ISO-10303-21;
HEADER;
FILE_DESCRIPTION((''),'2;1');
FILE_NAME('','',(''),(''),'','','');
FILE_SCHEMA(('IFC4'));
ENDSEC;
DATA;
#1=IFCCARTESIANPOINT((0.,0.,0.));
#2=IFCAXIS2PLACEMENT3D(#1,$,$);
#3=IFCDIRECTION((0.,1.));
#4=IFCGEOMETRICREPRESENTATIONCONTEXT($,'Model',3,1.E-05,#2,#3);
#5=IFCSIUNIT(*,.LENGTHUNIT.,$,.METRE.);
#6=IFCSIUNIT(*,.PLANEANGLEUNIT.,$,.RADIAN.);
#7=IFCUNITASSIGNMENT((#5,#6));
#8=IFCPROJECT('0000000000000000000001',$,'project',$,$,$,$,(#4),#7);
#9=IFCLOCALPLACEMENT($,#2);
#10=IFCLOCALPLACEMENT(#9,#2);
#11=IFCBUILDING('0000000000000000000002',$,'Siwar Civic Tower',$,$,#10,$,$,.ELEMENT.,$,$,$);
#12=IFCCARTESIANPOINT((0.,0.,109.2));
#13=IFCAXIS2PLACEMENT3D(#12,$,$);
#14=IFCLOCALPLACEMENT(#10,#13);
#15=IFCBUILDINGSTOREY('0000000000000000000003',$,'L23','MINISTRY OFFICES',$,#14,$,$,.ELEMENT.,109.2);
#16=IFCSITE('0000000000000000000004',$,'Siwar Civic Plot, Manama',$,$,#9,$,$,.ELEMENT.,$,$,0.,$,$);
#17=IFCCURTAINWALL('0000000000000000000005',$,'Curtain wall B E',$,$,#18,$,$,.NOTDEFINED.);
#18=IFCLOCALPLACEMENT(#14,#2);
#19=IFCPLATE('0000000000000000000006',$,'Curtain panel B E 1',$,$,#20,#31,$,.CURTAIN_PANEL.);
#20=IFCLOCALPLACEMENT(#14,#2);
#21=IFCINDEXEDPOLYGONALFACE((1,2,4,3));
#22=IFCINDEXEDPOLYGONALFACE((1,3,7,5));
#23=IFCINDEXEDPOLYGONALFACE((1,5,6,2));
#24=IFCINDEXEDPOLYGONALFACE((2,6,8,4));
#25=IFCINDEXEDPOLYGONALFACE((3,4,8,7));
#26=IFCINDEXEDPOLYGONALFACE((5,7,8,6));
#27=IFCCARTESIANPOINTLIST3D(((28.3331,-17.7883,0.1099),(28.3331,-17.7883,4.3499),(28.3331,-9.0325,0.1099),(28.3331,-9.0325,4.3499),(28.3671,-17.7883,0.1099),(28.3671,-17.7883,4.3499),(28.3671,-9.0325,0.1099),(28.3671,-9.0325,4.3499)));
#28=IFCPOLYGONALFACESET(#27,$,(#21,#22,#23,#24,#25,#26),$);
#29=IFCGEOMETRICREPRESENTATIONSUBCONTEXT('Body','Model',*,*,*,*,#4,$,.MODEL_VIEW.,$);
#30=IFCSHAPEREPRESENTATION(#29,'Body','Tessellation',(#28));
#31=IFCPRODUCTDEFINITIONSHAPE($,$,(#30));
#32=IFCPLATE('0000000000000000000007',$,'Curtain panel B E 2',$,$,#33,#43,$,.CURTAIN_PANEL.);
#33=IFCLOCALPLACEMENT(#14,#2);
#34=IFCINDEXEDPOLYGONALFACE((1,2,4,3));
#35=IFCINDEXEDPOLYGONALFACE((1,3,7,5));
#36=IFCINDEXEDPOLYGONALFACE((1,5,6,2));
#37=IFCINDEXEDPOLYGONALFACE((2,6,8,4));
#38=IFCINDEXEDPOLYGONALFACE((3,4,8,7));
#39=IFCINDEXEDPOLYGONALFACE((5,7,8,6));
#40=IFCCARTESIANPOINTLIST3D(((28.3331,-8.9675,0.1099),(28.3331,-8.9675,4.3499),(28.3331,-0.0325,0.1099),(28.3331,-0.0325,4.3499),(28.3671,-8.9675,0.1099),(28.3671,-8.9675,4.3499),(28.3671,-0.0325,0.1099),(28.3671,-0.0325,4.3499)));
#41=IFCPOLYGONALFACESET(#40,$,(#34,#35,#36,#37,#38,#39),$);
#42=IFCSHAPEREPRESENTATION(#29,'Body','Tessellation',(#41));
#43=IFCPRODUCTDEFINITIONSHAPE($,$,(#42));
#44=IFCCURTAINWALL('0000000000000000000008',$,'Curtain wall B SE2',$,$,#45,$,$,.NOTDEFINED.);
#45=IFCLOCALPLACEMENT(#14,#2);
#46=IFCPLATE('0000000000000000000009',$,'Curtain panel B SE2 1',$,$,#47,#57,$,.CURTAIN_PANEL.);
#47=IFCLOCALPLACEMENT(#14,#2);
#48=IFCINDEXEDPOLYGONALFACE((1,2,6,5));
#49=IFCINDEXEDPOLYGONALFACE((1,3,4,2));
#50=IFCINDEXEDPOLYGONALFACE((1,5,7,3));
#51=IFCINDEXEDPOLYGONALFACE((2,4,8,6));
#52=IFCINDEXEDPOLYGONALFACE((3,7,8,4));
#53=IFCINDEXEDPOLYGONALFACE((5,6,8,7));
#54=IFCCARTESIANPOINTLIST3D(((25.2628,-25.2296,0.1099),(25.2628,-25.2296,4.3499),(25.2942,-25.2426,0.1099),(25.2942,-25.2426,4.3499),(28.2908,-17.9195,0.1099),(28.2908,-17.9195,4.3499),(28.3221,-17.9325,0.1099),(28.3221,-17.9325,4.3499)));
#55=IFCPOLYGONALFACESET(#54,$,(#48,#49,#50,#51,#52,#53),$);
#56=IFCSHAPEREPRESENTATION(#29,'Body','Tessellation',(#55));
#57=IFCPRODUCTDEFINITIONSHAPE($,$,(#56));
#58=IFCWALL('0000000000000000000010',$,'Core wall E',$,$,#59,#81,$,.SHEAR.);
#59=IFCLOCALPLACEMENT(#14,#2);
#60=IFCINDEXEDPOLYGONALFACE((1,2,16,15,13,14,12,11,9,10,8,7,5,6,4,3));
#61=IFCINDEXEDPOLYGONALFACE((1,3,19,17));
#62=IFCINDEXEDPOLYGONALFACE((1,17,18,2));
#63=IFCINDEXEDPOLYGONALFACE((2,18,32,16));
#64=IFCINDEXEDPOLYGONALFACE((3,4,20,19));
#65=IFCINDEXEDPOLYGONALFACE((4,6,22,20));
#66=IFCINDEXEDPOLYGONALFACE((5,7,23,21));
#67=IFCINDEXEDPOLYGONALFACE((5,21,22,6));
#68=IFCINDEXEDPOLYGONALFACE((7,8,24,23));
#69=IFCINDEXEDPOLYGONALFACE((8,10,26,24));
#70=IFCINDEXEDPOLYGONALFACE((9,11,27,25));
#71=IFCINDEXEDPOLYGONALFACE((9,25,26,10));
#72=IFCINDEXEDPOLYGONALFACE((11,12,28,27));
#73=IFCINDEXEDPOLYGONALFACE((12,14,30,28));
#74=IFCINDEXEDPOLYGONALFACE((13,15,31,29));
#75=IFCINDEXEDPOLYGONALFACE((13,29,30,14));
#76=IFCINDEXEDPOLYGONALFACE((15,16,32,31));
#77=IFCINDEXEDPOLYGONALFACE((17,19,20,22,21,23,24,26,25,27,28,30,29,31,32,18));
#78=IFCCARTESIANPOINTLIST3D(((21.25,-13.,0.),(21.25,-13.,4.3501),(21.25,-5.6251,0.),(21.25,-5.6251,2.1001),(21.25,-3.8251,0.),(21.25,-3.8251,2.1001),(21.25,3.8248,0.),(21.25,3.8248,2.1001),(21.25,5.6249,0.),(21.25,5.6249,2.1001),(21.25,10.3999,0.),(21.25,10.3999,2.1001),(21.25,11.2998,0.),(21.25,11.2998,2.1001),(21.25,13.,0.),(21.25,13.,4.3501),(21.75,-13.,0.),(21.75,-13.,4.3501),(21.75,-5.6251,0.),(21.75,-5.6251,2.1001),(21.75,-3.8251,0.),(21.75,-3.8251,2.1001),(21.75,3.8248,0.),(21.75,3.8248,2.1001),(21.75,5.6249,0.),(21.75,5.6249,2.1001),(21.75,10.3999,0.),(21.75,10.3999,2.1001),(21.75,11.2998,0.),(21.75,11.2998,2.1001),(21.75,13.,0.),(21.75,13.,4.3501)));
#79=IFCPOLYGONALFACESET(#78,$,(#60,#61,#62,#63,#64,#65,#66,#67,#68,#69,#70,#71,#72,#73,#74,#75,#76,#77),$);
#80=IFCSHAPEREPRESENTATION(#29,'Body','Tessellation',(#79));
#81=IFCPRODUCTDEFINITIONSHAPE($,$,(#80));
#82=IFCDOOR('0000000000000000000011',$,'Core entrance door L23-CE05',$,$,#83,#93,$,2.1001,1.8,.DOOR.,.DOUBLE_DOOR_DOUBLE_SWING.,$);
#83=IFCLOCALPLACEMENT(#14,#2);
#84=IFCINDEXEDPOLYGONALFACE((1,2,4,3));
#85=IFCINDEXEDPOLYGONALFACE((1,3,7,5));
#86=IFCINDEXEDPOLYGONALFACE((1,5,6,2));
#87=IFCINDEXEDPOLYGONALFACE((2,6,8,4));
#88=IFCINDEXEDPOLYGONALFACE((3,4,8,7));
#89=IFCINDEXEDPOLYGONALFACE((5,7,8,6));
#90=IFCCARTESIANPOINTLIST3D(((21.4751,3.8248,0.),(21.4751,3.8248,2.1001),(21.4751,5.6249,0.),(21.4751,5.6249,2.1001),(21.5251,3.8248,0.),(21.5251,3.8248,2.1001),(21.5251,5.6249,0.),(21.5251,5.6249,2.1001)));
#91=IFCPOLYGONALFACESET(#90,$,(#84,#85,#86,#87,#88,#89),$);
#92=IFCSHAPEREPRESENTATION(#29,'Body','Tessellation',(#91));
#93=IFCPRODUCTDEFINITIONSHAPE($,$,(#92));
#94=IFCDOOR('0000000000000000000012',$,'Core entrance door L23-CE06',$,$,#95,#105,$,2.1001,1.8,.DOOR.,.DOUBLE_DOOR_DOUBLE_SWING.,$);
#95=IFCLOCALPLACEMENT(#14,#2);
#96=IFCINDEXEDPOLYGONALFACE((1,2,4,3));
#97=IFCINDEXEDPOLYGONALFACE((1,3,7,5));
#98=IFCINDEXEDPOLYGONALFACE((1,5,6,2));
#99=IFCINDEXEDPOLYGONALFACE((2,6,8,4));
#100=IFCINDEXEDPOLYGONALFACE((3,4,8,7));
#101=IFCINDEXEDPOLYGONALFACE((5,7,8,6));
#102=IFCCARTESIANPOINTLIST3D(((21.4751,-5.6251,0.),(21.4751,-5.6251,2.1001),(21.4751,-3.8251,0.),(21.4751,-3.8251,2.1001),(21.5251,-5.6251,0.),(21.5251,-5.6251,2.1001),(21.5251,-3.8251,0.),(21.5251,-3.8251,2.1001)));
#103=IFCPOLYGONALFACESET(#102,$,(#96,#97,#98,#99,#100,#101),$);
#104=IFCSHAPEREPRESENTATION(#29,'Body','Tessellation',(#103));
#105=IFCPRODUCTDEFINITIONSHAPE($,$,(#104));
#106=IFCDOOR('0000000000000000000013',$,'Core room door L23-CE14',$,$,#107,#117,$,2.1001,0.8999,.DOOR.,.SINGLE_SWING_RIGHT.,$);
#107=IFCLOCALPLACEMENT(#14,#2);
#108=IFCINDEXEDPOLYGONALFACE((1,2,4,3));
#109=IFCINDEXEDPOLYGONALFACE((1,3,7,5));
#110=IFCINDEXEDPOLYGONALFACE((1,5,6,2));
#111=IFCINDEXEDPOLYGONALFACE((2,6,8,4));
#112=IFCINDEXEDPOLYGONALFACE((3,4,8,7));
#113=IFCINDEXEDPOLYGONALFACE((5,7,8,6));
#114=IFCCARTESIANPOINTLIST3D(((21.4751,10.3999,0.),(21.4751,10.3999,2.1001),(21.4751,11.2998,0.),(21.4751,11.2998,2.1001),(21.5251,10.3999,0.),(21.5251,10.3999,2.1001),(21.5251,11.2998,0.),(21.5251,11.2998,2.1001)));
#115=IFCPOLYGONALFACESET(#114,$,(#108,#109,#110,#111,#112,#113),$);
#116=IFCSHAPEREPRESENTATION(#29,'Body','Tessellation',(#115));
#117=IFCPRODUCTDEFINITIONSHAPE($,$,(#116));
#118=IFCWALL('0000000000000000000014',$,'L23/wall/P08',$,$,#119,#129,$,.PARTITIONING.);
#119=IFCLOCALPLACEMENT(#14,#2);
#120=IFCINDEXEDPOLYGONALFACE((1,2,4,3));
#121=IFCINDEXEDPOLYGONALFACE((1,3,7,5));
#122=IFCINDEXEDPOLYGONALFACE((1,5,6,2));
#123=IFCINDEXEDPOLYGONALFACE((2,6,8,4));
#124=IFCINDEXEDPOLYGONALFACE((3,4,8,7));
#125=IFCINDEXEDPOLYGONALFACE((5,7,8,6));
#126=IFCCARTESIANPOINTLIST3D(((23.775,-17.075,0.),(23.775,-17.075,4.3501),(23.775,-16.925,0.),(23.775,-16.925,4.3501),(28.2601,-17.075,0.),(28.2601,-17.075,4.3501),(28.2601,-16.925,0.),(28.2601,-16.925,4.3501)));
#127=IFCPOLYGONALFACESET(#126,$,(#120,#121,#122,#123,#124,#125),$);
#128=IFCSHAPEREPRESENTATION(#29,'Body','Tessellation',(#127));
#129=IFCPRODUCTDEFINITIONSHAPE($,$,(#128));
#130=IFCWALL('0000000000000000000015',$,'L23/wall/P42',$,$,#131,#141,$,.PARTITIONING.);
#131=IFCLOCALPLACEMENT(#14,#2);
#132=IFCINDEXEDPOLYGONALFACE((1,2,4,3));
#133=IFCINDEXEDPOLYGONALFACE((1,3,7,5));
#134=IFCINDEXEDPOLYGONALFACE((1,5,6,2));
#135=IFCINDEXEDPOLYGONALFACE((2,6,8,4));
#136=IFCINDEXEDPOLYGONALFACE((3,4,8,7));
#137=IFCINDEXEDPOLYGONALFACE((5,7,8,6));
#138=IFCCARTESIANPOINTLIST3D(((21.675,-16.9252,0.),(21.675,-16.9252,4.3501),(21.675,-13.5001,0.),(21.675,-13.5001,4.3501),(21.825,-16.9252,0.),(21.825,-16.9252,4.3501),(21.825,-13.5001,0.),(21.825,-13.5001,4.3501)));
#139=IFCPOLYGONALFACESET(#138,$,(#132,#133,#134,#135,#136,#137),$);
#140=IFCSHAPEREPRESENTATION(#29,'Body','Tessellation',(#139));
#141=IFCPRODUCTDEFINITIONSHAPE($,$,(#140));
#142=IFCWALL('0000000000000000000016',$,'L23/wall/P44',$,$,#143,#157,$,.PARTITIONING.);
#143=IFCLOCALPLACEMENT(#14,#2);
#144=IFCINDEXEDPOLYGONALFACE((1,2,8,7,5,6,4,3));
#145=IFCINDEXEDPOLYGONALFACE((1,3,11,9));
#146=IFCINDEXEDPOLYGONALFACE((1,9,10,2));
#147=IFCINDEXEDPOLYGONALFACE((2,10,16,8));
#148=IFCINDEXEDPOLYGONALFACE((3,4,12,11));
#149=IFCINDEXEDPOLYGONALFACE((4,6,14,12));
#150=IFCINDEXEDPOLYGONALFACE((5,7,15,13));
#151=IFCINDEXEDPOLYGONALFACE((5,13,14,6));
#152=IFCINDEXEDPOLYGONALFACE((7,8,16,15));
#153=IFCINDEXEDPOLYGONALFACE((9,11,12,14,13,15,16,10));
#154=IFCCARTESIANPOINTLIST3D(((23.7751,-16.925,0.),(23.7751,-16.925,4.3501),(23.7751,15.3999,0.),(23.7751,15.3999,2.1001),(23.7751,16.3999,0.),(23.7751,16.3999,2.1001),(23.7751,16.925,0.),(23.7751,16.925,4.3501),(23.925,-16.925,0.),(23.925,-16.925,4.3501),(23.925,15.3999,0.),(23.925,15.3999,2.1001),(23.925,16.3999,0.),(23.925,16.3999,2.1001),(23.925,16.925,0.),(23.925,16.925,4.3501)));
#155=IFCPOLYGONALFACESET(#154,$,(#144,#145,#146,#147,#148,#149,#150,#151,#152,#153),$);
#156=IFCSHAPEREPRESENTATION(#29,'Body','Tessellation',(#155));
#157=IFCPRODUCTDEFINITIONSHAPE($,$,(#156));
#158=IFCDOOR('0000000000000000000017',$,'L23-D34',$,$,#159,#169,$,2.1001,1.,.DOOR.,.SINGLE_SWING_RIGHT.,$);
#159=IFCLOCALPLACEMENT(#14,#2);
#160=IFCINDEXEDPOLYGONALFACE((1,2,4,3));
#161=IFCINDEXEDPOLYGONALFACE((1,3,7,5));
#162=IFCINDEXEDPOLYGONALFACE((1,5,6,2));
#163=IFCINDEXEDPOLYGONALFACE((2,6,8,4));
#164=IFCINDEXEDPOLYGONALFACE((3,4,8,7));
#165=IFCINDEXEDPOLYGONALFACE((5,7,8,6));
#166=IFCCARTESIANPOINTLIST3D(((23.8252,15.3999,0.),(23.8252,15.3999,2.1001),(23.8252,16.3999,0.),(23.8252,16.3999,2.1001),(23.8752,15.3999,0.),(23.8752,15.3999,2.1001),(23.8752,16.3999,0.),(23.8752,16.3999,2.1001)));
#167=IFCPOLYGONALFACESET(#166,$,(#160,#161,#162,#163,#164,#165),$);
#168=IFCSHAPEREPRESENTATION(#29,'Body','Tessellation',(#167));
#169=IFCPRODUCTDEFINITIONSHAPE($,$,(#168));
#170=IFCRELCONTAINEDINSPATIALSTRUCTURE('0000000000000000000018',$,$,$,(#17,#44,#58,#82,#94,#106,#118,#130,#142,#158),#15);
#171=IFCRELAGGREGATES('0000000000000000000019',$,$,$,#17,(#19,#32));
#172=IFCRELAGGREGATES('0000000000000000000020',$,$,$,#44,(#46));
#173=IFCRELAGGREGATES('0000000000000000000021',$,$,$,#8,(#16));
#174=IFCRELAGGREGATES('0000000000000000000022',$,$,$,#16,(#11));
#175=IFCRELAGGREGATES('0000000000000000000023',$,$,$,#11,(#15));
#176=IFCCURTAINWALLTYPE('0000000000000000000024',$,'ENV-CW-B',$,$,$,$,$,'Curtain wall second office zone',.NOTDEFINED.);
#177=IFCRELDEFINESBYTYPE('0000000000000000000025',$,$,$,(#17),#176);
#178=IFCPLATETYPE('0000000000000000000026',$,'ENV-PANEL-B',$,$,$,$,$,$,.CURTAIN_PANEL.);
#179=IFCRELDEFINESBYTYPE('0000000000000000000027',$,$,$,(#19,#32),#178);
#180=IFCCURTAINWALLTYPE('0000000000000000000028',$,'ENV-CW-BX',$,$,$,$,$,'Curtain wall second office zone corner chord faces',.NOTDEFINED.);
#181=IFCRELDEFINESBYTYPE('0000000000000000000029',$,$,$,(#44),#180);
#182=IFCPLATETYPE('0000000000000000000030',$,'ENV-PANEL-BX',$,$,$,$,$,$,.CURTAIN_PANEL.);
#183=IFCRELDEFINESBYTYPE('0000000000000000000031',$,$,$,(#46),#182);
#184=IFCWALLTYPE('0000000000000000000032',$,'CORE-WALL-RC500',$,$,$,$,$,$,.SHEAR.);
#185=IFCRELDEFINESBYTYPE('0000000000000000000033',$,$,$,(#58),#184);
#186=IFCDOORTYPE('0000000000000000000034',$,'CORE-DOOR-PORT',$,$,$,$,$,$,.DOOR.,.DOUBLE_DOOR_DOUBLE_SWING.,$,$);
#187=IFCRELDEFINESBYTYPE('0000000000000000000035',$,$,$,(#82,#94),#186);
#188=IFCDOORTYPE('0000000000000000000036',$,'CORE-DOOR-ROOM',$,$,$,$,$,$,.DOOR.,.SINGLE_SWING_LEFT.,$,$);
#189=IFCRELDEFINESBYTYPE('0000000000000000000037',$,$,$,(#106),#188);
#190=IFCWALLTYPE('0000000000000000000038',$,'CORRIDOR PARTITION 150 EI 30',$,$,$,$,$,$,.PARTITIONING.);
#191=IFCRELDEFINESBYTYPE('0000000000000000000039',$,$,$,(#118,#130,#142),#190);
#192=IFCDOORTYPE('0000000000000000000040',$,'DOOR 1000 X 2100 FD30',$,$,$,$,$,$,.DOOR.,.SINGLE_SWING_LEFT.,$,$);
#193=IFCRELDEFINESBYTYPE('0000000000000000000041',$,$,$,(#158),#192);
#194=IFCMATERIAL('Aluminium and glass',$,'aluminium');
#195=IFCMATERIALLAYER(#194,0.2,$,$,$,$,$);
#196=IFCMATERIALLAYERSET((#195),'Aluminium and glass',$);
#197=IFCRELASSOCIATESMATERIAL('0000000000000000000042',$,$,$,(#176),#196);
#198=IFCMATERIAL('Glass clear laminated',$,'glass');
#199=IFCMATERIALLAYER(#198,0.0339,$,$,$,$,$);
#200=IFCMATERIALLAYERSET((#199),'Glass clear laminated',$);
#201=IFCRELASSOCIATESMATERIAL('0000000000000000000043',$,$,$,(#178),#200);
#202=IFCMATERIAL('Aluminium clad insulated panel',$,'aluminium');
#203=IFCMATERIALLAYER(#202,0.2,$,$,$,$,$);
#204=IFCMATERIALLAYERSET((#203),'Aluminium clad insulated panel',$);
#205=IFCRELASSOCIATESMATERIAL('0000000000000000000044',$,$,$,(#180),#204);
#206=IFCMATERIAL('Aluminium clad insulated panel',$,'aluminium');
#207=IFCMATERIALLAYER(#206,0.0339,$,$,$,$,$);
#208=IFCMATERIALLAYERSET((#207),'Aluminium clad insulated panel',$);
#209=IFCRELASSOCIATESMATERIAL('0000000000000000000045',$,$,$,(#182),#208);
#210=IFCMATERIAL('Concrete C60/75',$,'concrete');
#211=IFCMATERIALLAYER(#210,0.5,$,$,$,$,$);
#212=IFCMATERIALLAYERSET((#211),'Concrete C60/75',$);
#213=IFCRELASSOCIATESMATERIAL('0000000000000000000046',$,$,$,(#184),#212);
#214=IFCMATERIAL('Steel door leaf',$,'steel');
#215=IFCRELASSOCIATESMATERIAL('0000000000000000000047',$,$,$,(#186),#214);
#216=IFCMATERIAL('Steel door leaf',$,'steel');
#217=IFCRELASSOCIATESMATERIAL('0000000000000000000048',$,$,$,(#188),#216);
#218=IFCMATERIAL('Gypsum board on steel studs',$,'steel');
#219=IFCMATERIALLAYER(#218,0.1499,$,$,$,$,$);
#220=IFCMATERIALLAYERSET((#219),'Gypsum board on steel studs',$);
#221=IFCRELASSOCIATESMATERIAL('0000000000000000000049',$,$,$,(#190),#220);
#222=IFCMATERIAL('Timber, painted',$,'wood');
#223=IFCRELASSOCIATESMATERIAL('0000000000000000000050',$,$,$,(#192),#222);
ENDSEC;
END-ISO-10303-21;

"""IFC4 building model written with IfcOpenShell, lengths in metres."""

from ifc_helpers import new_model, si_unit, direction, frame, frame_2d, origin, origin_2d, place, context, subcontext, project, spatial, rectangle, extrude, material, layer, layer_set, type_object, element, fill, aggregate, save


model = new_model("IFC4")

# Units and contexts
model_context = context("Model", 3, precision=1e-05, world=origin(), true_north=direction((0.0, 1.0)))
body_context = subcontext(model_context, "Body", "Model", "MODEL_VIEW")
ifc_project = project(units=[si_unit("LENGTHUNIT", "METRE"), si_unit("PLANEANGLEUNIT", "RADIAN")], contexts=[model_context])

# Site, building, storey
site_placement = place(None, origin())
site = spatial("IfcSite", under=ifc_project, at=site_placement, Name="Siwar Civic Plot, Manama", CompositionType="ELEMENT", RefElevation=0.0)
building_placement = place(site_placement, origin())
building = spatial("IfcBuilding", under=site, at=building_placement, Name="Siwar Civic Tower", CompositionType="ELEMENT")
storey_placement = place(building_placement, frame((0.0, 0.0, 109.2)))
storey = spatial("IfcBuildingStorey", under=building, at=storey_placement, Name="L23", Description="MINISTRY OFFICES", CompositionType="ELEMENT", Elevation=109.2)

# Curtain wall
ifc_material_1 = material(Name="Aluminium and glass", Category="aluminium")
ifc_layer_1 = layer(ifc_material_1, 0.2)
ifc_layer_set_1 = layer_set([ifc_layer_1], Name="Aluminium and glass")
curtain_wall_type_1 = type_object("IfcCurtainWallType", Name="ENV-CW-B", ElementType="Curtain wall second office zone", PredefinedType="NOTDEFINED", material=ifc_layer_set_1)
curtain_wall_1_placement = place(storey_placement, origin())
curtain_wall_1 = element("IfcCurtainWall", 1, at=curtain_wall_1_placement, inside=storey, type_object=curtain_wall_type_1, Name="Curtain wall B E", PredefinedType="NOTDEFINED")

# Plates
ifc_material_2 = material(Name="Glass clear laminated", Category="glass")
ifc_layer_2 = layer(ifc_material_2, 0.0339)
ifc_layer_set_2 = layer_set([ifc_layer_2], Name="Glass clear laminated")
plate_type_1 = type_object("IfcPlateType", Name="ENV-PANEL-B", PredefinedType="CURTAIN_PANEL", material=ifc_layer_set_2)
plate_1_placement = place(storey_placement, frame((28.3501, -13.4104, 0.1099), z_axis=(0.0, 0.0, 1.0), x_axis=(0.0, 1.0, 0.0)))
plate_1 = element("IfcPlate", 2, at=plate_1_placement, type_object=plate_type_1, Name="Curtain panel B E 1", PredefinedType="CURTAIN_PANEL", context=body_context, shape_type="SweptSolid", body=[
    extrude(rectangle(XDim=8.7559, YDim=0.0339, at=origin_2d()), origin(), (0.0, 0.0, 1.0), 4.24),
])
plate_2_placement = place(storey_placement, frame((28.3501, -4.5, 0.1099), z_axis=(0.0, 0.0, 1.0), x_axis=(0.0, 1.0, 0.0)))
plate_2 = element("IfcPlate", 3, at=plate_2_placement, type_object=plate_type_1, Name="Curtain panel B E 2", PredefinedType="CURTAIN_PANEL", context=body_context, shape_type="SweptSolid", body=[
    extrude(rectangle(XDim=8.9351, YDim=0.0339, at=origin_2d()), origin(), (0.0, 0.0, 1.0), 4.24),
])
aggregate(curtain_wall_1, [plate_1, plate_2])

# Curtain wall, plate
ifc_material_3 = material(Name="Aluminium clad insulated panel", Category="aluminium")
ifc_layer_3 = layer(ifc_material_3, 0.2)
ifc_layer_set_3 = layer_set([ifc_layer_3], Name="Aluminium clad insulated panel")
curtain_wall_type_2 = type_object("IfcCurtainWallType", Name="ENV-CW-BX", ElementType="Curtain wall second office zone corner chord faces", PredefinedType="NOTDEFINED", material=ifc_layer_set_3)
curtain_wall_2_placement = place(storey_placement, origin())
curtain_wall_2 = element("IfcCurtainWall", 4, at=curtain_wall_2_placement, inside=storey, type_object=curtain_wall_type_2, Name="Curtain wall B SE2", PredefinedType="NOTDEFINED")
ifc_material_4 = material(Name="Aluminium clad insulated panel", Category="aluminium")
ifc_layer_4 = layer(ifc_material_4, 0.0339)
ifc_layer_set_4 = layer_set([ifc_layer_4], Name="Aluminium clad insulated panel")
plate_type_2 = type_object("IfcPlateType", Name="ENV-PANEL-BX", PredefinedType="CURTAIN_PANEL", material=ifc_layer_set_4)
plate_3_placement = place(storey_placement, frame((26.7925, -21.5811, 0.1099), z_axis=(0.0, 0.0, 1.0), x_axis=(0.382683, 0.92388, 0.0)))
plate_3 = element("IfcPlate", 5, at=plate_3_placement, type_object=plate_type_2, Name="Curtain panel B SE2 1", PredefinedType="CURTAIN_PANEL", context=body_context, shape_type="SweptSolid", body=[
    extrude(rectangle(XDim=7.9124, YDim=0.0339, at=origin_2d()), origin(), (0.0, 0.0, 1.0), 4.24),
])
aggregate(curtain_wall_2, [plate_3])

# Wall, openings, doors
ifc_material_5 = material(Name="Concrete C60/75", Category="concrete")
ifc_layer_5 = layer(ifc_material_5, 0.5)
ifc_layer_set_5 = layer_set([ifc_layer_5], Name="Concrete C60/75")
wall_type_1 = type_object("IfcWallType", Name="CORE-WALL-RC500", PredefinedType="SHEAR", material=ifc_layer_set_5)
wall_1_placement = place(storey_placement, frame((21.5, -13.0, 0.0), z_axis=(0.0, 0.0, 1.0), x_axis=(0.0, 1.0, 0.0)))
wall_1 = element("IfcWall", 6, at=wall_1_placement, inside=storey, type_object=wall_type_1, Name="Core wall E", PredefinedType="SHEAR", context=body_context, shape_type="SweptSolid", body=[
    extrude(rectangle(XDim=26.0, YDim=0.5, at=frame_2d((13.0, 0.0))), origin(), (0.0, 0.0, 1.0), 4.3501),
])
opening_1_placement = place(wall_1_placement, frame((16.825, 0.0, 0.0)))
opening_1 = element("IfcOpeningElement", 7, at=opening_1_placement, cuts=wall_1, PredefinedType="OPENING", context=body_context, shape_type="SweptSolid", body=[
    extrude(rectangle(XDim=1.8, YDim=2.1001, at=frame_2d((0.8999, 1.05))), frame((0.0, 0.26, 0.0), z_axis=(0.0, -1.0, 0.0), x_axis=(1.0, 0.0, 0.0)), (0.0, 0.0, 1.0), 0.52),
])
opening_2_placement = place(wall_1_placement, frame((7.375, 0.0, 0.0)))
opening_2 = element("IfcOpeningElement", 8, at=opening_2_placement, cuts=wall_1, PredefinedType="OPENING", context=body_context, shape_type="SweptSolid", body=[
    extrude(rectangle(XDim=1.8, YDim=2.1001, at=frame_2d((0.8999, 1.05))), frame((0.0, 0.26, 0.0), z_axis=(0.0, -1.0, 0.0), x_axis=(1.0, 0.0, 0.0)), (0.0, 0.0, 1.0), 0.52),
])
opening_3_placement = place(wall_1_placement, frame((23.3999, 0.0, 0.0)))
opening_3 = element("IfcOpeningElement", 9, at=opening_3_placement, cuts=wall_1, PredefinedType="OPENING", context=body_context, shape_type="SweptSolid", body=[
    extrude(rectangle(XDim=0.8999, YDim=2.1001, at=frame_2d((0.45, 1.05))), frame((0.0, 0.26, 0.0), z_axis=(0.0, -1.0, 0.0), x_axis=(1.0, 0.0, 0.0)), (0.0, 0.0, 1.0), 0.52),
])
ifc_material_6 = material(Name="Steel door leaf", Category="steel")
door_type_1 = type_object("IfcDoorType", Name="CORE-DOOR-PORT", OperationType="DOUBLE_DOOR_DOUBLE_SWING", PredefinedType="DOOR", material=ifc_material_6)
door_1_placement = place(opening_1_placement, origin())
door_1 = element("IfcDoor", 10, at=door_1_placement, inside=storey, type_object=door_type_1, Name="Core entrance door L23-CE05", OperationType="DOUBLE_DOOR_DOUBLE_SWING", OverallHeight=2.1001, OverallWidth=1.8, PredefinedType="DOOR", context=body_context, shape_type="SweptSolid", body=[
    extrude(rectangle(XDim=1.8, YDim=2.1001, at=frame_2d((0.8999, 1.05))), frame((0.0, 0.0249, 0.0), z_axis=(0.0, -1.0, 0.0), x_axis=(1.0, 0.0, 0.0)), (0.0, 0.0, 1.0), 0.05),
])
fill(opening_1, door_1)
door_2_placement = place(opening_2_placement, origin())
door_2 = element("IfcDoor", 11, at=door_2_placement, inside=storey, type_object=door_type_1, Name="Core entrance door L23-CE06", OperationType="DOUBLE_DOOR_DOUBLE_SWING", OverallHeight=2.1001, OverallWidth=1.8, PredefinedType="DOOR", context=body_context, shape_type="SweptSolid", body=[
    extrude(rectangle(XDim=1.8, YDim=2.1001, at=frame_2d((0.8999, 1.05))), frame((0.0, 0.0249, 0.0), z_axis=(0.0, -1.0, 0.0), x_axis=(1.0, 0.0, 0.0)), (0.0, 0.0, 1.0), 0.05),
])
fill(opening_2, door_2)
ifc_material_7 = material(Name="Steel door leaf", Category="steel")
door_type_2 = type_object("IfcDoorType", Name="CORE-DOOR-ROOM", OperationType="SINGLE_SWING_LEFT", PredefinedType="DOOR", material=ifc_material_7)
door_3_placement = place(opening_3_placement, origin())
door_3 = element("IfcDoor", 12, at=door_3_placement, inside=storey, type_object=door_type_2, Name="Core room door L23-CE14", OperationType="SINGLE_SWING_RIGHT", OverallHeight=2.1001, OverallWidth=0.8999, PredefinedType="DOOR", context=body_context, shape_type="SweptSolid", body=[
    extrude(rectangle(XDim=0.8999, YDim=2.1001, at=frame_2d((0.45, 1.05))), frame((0.0, 0.0249, 0.0), z_axis=(0.0, -1.0, 0.0), x_axis=(1.0, 0.0, 0.0)), (0.0, 0.0, 1.0), 0.05),
])
fill(opening_3, door_3)

# Walls
ifc_material_8 = material(Name="Gypsum board on steel studs", Category="steel")
ifc_layer_6 = layer(ifc_material_8, 0.1499)
ifc_layer_set_6 = layer_set([ifc_layer_6], Name="Gypsum board on steel studs")
wall_type_2 = type_object("IfcWallType", Name="CORRIDOR PARTITION 150 EI 30", PredefinedType="PARTITIONING", material=ifc_layer_set_6)
wall_2_placement = place(storey_placement, frame((23.7749, -17.0, 0.0), z_axis=(0.0, 0.0, 1.0), x_axis=(1.0, 0.0, 0.0)))
element("IfcWall", 13, at=wall_2_placement, inside=storey, type_object=wall_type_2, Name="L23/wall/P08", PredefinedType="PARTITIONING", context=body_context, shape_type="SweptSolid", body=[
    extrude(rectangle(XDim=4.4851, YDim=0.1499, at=frame_2d((2.2427, 0.0))), origin(), (0.0, 0.0, 1.0), 4.3501),
])
wall_3_placement = place(storey_placement, frame((21.75, -16.925, 0.0), z_axis=(0.0, 0.0, 1.0), x_axis=(0.0, 1.0, 0.0)))
element("IfcWall", 14, at=wall_3_placement, inside=storey, type_object=wall_type_2, Name="L23/wall/P42", PredefinedType="PARTITIONING", context=body_context, shape_type="SweptSolid", body=[
    extrude(rectangle(XDim=3.425, YDim=0.1499, at=frame_2d((1.7124, 0.0))), origin(), (0.0, 0.0, 1.0), 4.3501),
])

# Wall, opening, door
wall_4_placement = place(storey_placement, frame((23.8501, -16.925, 0.0), z_axis=(0.0, 0.0, 1.0), x_axis=(0.0, 1.0, 0.0)))
wall_4 = element("IfcWall", 15, at=wall_4_placement, inside=storey, type_object=wall_type_2, Name="L23/wall/P44", PredefinedType="PARTITIONING", context=body_context, shape_type="SweptSolid", body=[
    extrude(rectangle(XDim=33.8501, YDim=0.1499, at=frame_2d((16.925, 0.0))), origin(), (0.0, 0.0, 1.0), 4.3501),
])
opening_4_placement = place(wall_4_placement, frame((32.325, 0.0, 0.0)))
opening_4 = element("IfcOpeningElement", 16, at=opening_4_placement, cuts=wall_4, PredefinedType="OPENING", context=body_context, shape_type="SweptSolid", body=[
    extrude(rectangle(XDim=1.0, YDim=2.1001, at=frame_2d((0.5, 1.05))), frame((0.0, 0.085, 0.0), z_axis=(0.0, -1.0, 0.0), x_axis=(1.0, 0.0, 0.0)), (0.0, 0.0, 1.0), 0.1699),
])
ifc_material_9 = material(Name="Timber, painted", Category="wood")
door_type_3 = type_object("IfcDoorType", Name="DOOR 1000 X 2100 FD30", OperationType="SINGLE_SWING_LEFT", PredefinedType="DOOR", material=ifc_material_9)
door_4_placement = place(opening_4_placement, origin())
door_4 = element("IfcDoor", 17, at=door_4_placement, inside=storey, type_object=door_type_3, Name="L23-D34", OperationType="SINGLE_SWING_RIGHT", OverallHeight=2.1001, OverallWidth=1.0, PredefinedType="DOOR", context=body_context, shape_type="SweptSolid", body=[
    extrude(rectangle(XDim=1.0, YDim=2.1001, at=frame_2d((0.5, 1.05))), frame((0.0, 0.0249, 0.0), z_axis=(0.0, -1.0, 0.0), x_axis=(1.0, 0.0, 0.0)), (0.0, 0.0, 1.0), 0.05),
])
fill(opening_4, door_4)

save(model, "model.ifc")
